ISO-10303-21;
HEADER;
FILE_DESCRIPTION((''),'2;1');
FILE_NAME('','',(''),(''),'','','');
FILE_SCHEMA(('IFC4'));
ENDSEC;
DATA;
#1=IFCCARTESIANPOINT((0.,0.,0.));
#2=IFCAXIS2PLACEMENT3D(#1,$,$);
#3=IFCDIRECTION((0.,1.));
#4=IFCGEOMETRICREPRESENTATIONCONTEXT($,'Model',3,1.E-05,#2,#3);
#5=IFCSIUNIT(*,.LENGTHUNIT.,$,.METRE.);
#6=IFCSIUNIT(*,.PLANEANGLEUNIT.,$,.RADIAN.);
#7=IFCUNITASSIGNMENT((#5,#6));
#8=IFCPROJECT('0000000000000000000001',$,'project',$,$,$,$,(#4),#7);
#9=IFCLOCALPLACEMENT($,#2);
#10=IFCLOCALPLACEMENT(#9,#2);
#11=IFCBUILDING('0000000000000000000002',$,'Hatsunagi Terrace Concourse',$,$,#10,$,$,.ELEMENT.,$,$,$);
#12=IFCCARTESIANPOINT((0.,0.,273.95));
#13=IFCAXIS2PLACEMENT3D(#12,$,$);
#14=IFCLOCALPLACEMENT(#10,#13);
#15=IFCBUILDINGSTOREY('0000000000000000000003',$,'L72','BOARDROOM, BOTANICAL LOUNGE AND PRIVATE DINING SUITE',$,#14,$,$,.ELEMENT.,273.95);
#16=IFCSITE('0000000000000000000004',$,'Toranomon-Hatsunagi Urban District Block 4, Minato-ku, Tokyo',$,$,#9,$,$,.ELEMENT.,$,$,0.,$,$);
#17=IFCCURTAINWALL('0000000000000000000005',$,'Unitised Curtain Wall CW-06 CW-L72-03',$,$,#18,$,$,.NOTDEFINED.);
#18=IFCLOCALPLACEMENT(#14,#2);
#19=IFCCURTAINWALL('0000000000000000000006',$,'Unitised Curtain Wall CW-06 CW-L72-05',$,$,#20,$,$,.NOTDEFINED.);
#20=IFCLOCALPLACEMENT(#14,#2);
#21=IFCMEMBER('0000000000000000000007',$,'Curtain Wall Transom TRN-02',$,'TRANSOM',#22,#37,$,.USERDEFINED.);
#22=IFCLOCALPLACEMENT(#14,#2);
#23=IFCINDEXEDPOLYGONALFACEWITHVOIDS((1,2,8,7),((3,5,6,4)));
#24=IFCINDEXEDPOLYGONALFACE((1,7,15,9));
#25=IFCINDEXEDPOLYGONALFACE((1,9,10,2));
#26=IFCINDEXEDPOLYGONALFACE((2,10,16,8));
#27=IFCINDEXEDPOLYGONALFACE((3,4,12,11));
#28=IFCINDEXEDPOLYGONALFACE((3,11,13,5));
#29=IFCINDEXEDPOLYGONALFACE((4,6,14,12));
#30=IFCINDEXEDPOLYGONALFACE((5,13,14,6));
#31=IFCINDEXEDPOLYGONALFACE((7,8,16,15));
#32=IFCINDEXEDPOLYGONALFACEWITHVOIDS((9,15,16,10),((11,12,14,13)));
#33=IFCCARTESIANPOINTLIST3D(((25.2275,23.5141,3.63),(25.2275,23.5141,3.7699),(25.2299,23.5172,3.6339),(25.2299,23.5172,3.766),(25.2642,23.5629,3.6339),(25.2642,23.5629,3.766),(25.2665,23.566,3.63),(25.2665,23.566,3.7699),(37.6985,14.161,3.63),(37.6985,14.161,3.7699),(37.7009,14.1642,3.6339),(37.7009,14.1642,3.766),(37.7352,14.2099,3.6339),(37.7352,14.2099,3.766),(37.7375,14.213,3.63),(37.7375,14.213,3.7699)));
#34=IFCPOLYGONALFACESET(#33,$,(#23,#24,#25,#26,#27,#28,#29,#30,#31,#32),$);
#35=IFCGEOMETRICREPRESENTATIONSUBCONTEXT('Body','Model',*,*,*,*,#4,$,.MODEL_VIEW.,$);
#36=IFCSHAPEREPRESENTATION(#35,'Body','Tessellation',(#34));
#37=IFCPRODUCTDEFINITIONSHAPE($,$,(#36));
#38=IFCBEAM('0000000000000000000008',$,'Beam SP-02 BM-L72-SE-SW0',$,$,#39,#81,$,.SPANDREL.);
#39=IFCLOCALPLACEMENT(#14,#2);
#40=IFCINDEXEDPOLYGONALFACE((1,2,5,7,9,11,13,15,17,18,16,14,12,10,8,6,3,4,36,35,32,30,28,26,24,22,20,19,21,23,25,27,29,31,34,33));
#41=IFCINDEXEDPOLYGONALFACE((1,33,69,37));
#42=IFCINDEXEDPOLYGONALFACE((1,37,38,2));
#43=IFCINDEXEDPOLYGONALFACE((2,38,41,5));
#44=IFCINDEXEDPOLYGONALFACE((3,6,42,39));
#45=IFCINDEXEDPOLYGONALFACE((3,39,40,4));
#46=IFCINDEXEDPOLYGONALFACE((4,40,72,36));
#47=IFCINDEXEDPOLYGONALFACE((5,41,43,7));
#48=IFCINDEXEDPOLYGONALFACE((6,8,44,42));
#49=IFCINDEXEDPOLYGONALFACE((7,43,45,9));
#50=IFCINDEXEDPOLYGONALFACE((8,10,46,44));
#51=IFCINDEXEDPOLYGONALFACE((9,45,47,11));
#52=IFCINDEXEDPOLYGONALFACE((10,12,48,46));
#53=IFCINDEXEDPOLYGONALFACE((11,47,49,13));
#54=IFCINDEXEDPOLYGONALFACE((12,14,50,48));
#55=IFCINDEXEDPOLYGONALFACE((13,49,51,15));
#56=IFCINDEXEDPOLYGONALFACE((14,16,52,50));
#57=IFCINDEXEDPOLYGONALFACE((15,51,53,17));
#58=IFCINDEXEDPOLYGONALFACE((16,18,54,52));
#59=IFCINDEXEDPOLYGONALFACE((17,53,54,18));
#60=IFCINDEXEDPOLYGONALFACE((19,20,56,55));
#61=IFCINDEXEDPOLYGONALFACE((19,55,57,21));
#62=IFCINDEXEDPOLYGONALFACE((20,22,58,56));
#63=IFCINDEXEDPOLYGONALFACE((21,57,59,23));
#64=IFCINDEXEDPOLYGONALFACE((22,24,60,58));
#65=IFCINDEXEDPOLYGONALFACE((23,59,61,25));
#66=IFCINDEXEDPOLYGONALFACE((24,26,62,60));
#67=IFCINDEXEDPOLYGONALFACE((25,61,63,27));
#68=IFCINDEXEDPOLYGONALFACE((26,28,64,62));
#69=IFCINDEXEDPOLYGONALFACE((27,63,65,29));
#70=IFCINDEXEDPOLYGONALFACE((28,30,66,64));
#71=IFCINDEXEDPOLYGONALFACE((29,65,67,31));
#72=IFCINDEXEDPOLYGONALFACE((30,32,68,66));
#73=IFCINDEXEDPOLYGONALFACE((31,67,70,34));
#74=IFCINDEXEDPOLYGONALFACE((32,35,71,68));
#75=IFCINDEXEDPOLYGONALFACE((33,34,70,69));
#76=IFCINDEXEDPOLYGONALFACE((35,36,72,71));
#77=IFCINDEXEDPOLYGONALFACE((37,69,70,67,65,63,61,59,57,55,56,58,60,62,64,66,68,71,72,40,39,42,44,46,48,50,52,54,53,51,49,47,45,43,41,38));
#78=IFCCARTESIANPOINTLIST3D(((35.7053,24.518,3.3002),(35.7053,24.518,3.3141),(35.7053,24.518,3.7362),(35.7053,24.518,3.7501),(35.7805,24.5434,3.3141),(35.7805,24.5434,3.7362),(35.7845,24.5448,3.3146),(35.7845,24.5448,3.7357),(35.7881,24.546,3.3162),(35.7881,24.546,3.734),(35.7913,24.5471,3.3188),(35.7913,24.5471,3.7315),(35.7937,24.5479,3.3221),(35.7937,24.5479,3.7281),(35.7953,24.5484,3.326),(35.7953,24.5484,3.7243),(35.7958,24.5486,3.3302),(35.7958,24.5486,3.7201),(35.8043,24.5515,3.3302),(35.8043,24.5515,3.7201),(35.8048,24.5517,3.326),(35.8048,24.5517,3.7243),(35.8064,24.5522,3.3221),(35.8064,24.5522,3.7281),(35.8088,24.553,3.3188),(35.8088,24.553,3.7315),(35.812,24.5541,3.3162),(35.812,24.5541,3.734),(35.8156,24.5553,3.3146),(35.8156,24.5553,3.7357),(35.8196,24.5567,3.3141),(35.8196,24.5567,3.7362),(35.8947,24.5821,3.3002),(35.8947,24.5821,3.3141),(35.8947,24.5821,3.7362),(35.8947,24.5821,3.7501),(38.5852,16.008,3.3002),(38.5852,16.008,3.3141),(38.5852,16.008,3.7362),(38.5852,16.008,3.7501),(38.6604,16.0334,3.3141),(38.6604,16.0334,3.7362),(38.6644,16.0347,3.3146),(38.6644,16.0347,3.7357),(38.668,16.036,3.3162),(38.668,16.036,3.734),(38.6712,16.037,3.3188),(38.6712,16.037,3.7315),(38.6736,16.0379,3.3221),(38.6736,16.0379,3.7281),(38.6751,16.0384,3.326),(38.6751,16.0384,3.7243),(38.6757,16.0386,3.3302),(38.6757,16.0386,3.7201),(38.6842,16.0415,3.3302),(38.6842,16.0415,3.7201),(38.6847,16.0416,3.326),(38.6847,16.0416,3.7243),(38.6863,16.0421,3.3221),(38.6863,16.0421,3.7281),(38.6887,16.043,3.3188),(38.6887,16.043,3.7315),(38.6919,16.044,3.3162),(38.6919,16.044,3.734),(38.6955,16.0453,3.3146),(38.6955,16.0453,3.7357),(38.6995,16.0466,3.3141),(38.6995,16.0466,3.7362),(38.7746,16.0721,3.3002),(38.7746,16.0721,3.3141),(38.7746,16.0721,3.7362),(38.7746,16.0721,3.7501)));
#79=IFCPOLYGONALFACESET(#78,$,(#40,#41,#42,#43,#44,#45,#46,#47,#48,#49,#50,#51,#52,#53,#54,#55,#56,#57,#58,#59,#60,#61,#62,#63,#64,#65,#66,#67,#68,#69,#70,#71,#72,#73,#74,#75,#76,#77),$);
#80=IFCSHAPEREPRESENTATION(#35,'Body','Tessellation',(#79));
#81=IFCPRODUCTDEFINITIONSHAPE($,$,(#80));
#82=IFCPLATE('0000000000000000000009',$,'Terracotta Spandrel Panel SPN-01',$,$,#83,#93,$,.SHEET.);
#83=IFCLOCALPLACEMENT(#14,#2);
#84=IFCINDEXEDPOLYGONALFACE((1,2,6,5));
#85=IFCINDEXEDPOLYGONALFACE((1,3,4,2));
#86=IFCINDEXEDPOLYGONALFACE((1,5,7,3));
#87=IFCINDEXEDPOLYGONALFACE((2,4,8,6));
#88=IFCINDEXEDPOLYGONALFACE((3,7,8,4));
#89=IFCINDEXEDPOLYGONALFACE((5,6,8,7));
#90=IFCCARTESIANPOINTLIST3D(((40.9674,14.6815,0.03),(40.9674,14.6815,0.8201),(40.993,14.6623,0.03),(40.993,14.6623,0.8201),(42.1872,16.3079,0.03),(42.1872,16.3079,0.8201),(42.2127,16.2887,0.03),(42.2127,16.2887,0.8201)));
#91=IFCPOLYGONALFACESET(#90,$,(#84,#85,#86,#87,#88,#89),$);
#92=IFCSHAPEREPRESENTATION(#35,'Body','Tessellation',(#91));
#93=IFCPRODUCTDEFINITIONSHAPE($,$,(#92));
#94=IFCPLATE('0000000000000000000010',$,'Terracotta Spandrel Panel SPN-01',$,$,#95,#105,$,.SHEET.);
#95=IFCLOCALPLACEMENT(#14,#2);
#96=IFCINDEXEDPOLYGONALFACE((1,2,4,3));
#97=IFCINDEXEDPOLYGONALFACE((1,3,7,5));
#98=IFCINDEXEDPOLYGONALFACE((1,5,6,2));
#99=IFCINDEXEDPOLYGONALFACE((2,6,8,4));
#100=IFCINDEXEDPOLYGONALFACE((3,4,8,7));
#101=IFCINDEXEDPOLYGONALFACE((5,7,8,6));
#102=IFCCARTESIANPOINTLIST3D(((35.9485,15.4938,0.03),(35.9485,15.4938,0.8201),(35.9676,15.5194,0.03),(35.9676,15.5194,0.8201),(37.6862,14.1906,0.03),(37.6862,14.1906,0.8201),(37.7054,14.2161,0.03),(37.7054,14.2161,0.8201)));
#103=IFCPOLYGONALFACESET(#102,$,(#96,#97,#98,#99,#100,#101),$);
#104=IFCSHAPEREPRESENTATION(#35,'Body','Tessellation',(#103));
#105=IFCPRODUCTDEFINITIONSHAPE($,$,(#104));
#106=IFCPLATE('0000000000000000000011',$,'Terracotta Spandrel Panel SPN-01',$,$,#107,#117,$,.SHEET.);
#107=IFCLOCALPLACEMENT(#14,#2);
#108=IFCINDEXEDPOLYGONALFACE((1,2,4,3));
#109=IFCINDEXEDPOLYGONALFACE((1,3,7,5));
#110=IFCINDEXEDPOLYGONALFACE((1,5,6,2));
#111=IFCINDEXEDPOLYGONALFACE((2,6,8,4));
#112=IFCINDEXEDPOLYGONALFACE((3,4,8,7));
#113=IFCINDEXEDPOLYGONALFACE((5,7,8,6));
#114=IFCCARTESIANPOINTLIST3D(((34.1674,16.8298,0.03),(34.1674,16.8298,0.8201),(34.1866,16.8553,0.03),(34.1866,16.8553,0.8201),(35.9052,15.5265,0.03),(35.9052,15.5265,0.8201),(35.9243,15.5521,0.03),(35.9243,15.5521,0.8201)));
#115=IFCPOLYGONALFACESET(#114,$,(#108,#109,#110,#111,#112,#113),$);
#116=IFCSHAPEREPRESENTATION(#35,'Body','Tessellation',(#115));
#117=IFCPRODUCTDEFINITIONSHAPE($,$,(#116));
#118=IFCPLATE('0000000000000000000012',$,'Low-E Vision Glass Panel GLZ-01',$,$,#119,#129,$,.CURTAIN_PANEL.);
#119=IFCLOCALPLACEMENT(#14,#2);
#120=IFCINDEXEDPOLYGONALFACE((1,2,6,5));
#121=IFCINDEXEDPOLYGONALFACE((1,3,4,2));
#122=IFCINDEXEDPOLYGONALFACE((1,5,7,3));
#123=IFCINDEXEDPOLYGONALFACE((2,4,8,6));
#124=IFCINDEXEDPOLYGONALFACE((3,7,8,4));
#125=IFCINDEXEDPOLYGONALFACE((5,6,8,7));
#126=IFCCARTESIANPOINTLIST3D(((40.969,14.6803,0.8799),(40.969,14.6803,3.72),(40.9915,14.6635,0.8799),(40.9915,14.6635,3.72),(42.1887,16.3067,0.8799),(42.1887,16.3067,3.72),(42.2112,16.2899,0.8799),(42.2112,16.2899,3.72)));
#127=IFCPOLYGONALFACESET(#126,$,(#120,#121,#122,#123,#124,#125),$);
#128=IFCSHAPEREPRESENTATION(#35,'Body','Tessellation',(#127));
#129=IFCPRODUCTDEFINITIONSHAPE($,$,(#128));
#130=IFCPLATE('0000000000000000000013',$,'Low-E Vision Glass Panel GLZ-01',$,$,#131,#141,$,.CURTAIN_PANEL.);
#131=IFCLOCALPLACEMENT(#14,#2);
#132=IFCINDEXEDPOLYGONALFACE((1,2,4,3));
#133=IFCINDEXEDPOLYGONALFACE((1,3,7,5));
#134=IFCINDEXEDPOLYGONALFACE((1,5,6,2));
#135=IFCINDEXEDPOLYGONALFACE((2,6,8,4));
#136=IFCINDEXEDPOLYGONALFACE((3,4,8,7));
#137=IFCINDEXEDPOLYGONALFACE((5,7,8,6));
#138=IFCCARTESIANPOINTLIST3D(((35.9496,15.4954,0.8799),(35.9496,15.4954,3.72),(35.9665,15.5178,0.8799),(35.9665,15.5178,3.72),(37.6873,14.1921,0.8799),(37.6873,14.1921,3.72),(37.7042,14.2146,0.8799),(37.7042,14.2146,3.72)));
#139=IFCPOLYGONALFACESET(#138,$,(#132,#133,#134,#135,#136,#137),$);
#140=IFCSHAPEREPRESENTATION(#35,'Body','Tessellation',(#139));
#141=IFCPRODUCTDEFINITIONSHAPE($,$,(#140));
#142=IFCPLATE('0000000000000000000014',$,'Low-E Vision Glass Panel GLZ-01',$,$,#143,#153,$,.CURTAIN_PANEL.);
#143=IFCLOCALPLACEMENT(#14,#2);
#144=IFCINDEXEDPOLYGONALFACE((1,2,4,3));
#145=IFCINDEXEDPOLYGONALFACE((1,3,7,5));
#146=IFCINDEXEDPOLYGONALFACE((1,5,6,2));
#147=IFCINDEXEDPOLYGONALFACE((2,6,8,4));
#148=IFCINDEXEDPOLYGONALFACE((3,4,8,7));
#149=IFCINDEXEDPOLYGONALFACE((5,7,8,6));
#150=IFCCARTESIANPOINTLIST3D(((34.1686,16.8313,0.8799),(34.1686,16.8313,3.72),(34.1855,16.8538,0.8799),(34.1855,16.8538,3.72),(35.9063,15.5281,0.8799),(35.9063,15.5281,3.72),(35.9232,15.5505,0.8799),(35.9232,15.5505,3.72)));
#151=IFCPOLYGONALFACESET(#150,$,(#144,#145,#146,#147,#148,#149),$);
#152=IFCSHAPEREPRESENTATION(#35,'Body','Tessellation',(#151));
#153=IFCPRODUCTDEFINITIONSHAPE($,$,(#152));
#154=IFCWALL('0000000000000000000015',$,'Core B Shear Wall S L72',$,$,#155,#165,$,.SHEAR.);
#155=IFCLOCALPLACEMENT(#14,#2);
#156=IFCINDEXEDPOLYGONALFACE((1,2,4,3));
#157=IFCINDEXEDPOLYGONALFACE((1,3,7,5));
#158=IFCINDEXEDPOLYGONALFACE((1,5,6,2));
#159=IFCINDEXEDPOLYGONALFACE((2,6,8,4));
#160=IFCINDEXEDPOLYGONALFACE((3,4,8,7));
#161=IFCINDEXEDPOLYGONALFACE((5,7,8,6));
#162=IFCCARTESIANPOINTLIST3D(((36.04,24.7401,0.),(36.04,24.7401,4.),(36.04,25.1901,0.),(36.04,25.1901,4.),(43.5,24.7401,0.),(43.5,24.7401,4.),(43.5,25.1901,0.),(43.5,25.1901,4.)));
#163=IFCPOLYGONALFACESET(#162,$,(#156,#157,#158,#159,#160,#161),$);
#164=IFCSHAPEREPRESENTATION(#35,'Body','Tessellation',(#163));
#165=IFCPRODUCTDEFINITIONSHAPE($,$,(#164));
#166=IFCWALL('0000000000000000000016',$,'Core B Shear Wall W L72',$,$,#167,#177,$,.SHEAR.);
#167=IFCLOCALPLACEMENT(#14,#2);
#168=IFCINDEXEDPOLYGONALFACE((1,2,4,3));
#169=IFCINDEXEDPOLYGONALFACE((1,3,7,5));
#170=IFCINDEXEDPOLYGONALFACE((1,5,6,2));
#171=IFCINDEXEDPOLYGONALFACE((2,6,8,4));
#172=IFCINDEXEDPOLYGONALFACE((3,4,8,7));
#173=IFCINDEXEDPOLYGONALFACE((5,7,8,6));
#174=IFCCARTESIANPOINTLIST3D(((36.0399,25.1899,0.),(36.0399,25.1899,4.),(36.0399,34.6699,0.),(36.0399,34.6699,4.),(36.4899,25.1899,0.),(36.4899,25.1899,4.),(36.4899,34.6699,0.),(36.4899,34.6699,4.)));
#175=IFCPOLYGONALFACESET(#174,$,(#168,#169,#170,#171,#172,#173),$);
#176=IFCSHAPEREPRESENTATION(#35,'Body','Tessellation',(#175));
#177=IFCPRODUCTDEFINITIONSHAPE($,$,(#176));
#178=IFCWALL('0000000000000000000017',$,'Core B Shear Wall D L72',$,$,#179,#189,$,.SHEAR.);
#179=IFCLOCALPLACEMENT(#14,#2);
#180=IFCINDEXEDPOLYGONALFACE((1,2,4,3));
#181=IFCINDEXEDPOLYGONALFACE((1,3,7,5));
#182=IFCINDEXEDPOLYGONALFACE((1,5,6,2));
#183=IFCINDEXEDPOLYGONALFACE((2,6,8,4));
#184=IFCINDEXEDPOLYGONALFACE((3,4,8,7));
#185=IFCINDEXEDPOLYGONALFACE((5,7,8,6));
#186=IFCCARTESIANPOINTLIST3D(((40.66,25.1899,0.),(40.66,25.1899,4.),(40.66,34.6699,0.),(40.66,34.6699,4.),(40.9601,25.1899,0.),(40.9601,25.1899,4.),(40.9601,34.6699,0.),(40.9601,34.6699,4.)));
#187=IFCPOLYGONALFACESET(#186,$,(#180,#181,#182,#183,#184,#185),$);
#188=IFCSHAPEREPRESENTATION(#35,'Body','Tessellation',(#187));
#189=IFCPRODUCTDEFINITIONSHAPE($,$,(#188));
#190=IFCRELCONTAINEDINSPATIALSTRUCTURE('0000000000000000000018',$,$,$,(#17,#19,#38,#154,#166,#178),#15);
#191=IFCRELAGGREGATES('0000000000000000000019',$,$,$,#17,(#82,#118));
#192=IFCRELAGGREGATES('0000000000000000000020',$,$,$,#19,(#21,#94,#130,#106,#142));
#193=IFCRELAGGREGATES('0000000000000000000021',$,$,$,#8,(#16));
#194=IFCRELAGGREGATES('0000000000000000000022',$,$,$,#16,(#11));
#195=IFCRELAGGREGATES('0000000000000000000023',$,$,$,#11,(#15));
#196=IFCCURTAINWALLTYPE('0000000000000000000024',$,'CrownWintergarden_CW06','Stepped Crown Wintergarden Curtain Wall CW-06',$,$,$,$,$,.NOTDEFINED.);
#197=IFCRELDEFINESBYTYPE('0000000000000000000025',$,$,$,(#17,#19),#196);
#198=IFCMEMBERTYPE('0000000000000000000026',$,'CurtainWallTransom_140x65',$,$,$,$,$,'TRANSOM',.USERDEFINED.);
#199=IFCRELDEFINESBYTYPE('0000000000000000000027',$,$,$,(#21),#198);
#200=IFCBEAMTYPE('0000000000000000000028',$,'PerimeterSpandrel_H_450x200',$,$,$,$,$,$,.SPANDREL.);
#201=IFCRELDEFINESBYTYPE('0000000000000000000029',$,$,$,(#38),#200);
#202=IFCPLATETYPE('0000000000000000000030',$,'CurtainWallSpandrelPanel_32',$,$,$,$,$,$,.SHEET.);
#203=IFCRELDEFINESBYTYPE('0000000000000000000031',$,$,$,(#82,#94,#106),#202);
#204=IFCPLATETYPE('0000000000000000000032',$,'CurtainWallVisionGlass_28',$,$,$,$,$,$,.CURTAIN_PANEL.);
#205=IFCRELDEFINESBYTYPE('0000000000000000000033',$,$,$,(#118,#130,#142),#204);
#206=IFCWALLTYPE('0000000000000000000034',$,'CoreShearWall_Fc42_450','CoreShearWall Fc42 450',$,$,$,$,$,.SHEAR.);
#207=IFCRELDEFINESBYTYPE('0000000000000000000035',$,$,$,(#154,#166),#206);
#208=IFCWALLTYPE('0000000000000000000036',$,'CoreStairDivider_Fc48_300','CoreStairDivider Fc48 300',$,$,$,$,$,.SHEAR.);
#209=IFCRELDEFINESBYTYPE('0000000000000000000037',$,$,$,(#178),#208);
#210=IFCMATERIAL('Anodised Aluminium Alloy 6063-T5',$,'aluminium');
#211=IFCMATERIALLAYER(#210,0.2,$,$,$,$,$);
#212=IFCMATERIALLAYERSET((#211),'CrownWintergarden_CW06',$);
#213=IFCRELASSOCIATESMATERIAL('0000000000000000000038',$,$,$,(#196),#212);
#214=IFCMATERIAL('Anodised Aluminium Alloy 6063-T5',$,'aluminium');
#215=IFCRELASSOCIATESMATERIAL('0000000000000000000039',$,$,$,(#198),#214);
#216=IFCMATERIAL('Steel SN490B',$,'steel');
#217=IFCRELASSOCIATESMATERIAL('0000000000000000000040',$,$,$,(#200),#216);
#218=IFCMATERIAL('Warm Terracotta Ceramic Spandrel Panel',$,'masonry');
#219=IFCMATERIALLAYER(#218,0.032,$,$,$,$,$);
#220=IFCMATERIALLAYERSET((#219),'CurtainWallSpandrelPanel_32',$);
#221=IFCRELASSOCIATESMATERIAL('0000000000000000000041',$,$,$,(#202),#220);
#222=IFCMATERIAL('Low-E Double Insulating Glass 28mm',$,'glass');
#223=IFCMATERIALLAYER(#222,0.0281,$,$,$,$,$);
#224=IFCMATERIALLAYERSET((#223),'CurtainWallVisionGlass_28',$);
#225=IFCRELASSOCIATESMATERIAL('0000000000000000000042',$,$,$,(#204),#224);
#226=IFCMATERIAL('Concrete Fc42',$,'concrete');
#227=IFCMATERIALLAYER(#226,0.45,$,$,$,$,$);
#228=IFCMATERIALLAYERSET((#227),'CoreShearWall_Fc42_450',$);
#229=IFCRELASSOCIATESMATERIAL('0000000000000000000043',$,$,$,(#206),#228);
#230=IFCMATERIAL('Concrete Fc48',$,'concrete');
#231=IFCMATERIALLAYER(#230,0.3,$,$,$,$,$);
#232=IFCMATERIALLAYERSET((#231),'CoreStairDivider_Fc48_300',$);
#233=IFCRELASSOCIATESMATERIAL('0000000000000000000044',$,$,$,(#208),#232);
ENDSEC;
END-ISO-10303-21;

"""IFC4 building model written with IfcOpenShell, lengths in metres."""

from ifc_helpers import new_model, si_unit, direction, frame, frame_2d, origin, origin_2d, place, context, subcontext, project, spatial, rectangle, hollow_rectangle, i_section, extrude, material, layer, layer_set, material_profile, profile_set, type_object, element, aggregate, save


model = new_model("IFC4")

# Units and contexts
model_context = context("Model", 3, precision=1e-05, world=origin(), true_north=direction((0.0, 1.0)))
body_context = subcontext(model_context, "Body", "Model", "MODEL_VIEW")
ifc_project = project(units=[si_unit("LENGTHUNIT", "METRE"), si_unit("PLANEANGLEUNIT", "RADIAN")], contexts=[model_context])

# Site, building, storey
site_placement = place(None, origin())
site = spatial("IfcSite", under=ifc_project, at=site_placement, Name="Toranomon-Hatsunagi Urban District Block 4, Minato-ku, Tokyo", CompositionType="ELEMENT", RefElevation=0.0)
building_placement = place(site_placement, origin())
building = spatial("IfcBuilding", under=site, at=building_placement, Name="Hatsunagi Terrace Concourse", CompositionType="ELEMENT")
storey_placement = place(building_placement, frame((0.0, 0.0, 273.95)))
storey = spatial("IfcBuildingStorey", under=building, at=storey_placement, Name="L72", Description="BOARDROOM, BOTANICAL LOUNGE AND PRIVATE DINING SUITE", CompositionType="ELEMENT", Elevation=273.95)

# Curtain wall
ifc_material_1 = material(Name="Anodised Aluminium Alloy 6063-T5", Category="aluminium")
ifc_layer_1 = layer(ifc_material_1, 0.2)
ifc_layer_set_1 = layer_set([ifc_layer_1], Name="CrownWintergarden_CW06")
curtain_wall_type = type_object("IfcCurtainWallType", Name="CrownWintergarden_CW06", Description="Stepped Crown Wintergarden Curtain Wall CW-06", PredefinedType="NOTDEFINED", material=ifc_layer_set_1)
curtain_wall_1_placement = place(storey_placement, origin())
curtain_wall_1 = element("IfcCurtainWall", 1, at=curtain_wall_1_placement, inside=storey, type_object=curtain_wall_type, Name="Unitised Curtain Wall CW-06 CW-L72-03", PredefinedType="NOTDEFINED")

# Curtain wall, member
curtain_wall_2_placement = place(storey_placement, origin())
curtain_wall_2 = element("IfcCurtainWall", 2, at=curtain_wall_2_placement, inside=storey, type_object=curtain_wall_type, Name="Unitised Curtain Wall CW-06 CW-L72-05", PredefinedType="NOTDEFINED")
ifc_material_2 = material(Name="Anodised Aluminium Alloy 6063-T5", Category="aluminium")
ifc_material_profile_1 = material_profile(ifc_material_2, hollow_rectangle(XDim=0.0649, YDim=0.1399, WallThickness=0.0039, at=origin_2d()), Name="ALU-TRN-140x65x4")
ifc_profile_set_1 = profile_set([ifc_material_profile_1], Name="Anodised Aluminium Alloy 6063-T5")
member_type_1 = type_object("IfcMemberType", Name="CurtainWallTransom_140x65", ElementType="TRANSOM", PredefinedType="USERDEFINED", material=ifc_profile_set_1)
member_1_placement = place(storey_placement, frame((37.718, 14.187, 3.7), z_axis=(-0.800006, 0.599992, 0.0), x_axis=(-0.599992, -0.800006, 0.0)))
member_1 = element("IfcMember", 3, at=member_1_placement, type_object=member_type_1, Name="Curtain Wall Transom TRN-02", ObjectType="TRANSOM", PredefinedType="USERDEFINED", context=body_context, shape_type="SweptSolid", body=[
    extrude(hollow_rectangle(XDim=0.0649, YDim=0.1399, WallThickness=0.0039, at=origin_2d()), origin(), (0.0, 0.0, 1.0), 15.5886),
])

# Beam
ifc_material_3 = material(Name="Steel SN490B", Category="steel")
ifc_material_profile_2 = material_profile(ifc_material_3, i_section(OverallWidth=0.2, OverallDepth=0.45, WebThickness=0.009, FlangeThickness=0.0139, FilletRadius=0.0161, at=origin_2d()), Name="H-450x200x9x14")
ifc_profile_set_2 = profile_set([ifc_material_profile_2], Name="Steel SN490B")
beam_type_1 = type_object("IfcBeamType", Name="PerimeterSpandrel_H_450x200", PredefinedType="SPANDREL", material=ifc_profile_set_2)
beam_1_placement = place(storey_placement, frame((35.8, 24.55, 3.5251), z_axis=(0.320553, -0.94723, 0.0), x_axis=(0.94723, 0.320553, 0.0)))
element("IfcBeam", 4, at=beam_1_placement, inside=storey, type_object=beam_type_1, Name="Beam SP-02 BM-L72-SE-SW0", PredefinedType="SPANDREL", context=body_context, shape_type="SweptSolid", body=[
    extrude(i_section(OverallWidth=0.2, OverallDepth=0.45, WebThickness=0.009, FlangeThickness=0.0139, FilletRadius=0.0161, at=origin_2d()), origin(), (0.0, 0.0, 1.0), 8.9841),
])

# Plates
ifc_material_4 = material(Name="Warm Terracotta Ceramic Spandrel Panel", Category="masonry")
ifc_layer_2 = layer(ifc_material_4, 0.032)
ifc_layer_set_2 = layer_set([ifc_layer_2], Name="CurtainWallSpandrelPanel_32")
plate_type_1 = type_object("IfcPlateType", Name="CurtainWallSpandrelPanel_32", PredefinedType="SHEET", material=ifc_layer_set_2)
plate_1_placement = place(storey_placement, frame((41.5901, 15.4851, 0.03), z_axis=(0.0, 0.0, 1.0), x_axis=(-0.599969, -0.800023, 0.0)))
plate_1 = element("IfcPlate", 5, at=plate_1_placement, type_object=plate_type_1, Name="Terracotta Spandrel Panel SPN-01", PredefinedType="SHEET", context=body_context, shape_type="SweptSolid", body=[
    extrude(rectangle(XDim=2.033, YDim=0.032, at=origin_2d()), origin(), (0.0, 0.0, 1.0), 0.79),
])
plate_2_placement = place(storey_placement, frame((36.8269, 14.855, 0.03), z_axis=(0.0, 0.0, 1.0), x_axis=(-0.800007, 0.59999, 0.0)))
plate_2 = element("IfcPlate", 6, at=plate_2_placement, type_object=plate_type_1, Name="Terracotta Spandrel Panel SPN-01", PredefinedType="SHEET", context=body_context, shape_type="SweptSolid", body=[
    extrude(rectangle(XDim=2.1721, YDim=0.032, at=origin_2d()), origin(), (0.0, 0.0, 1.0), 0.79),
])
plate_3_placement = place(storey_placement, frame((35.0459, 16.1909, 0.03), z_axis=(0.0, 0.0, 1.0), x_axis=(-0.800007, 0.59999, 0.0)))
plate_3 = element("IfcPlate", 7, at=plate_3_placement, type_object=plate_type_1, Name="Terracotta Spandrel Panel SPN-01", PredefinedType="SHEET", context=body_context, shape_type="SweptSolid", body=[
    extrude(rectangle(XDim=2.1721, YDim=0.032, at=origin_2d()), origin(), (0.0, 0.0, 1.0), 0.79),
])
ifc_material_5 = material(Name="Low-E Double Insulating Glass 28mm", Category="glass")
ifc_layer_3 = layer(ifc_material_5, 0.0281)
ifc_layer_set_3 = layer_set([ifc_layer_3], Name="CurtainWallVisionGlass_28")
plate_type_2 = type_object("IfcPlateType", Name="CurtainWallVisionGlass_28", PredefinedType="CURTAIN_PANEL", material=ifc_layer_set_3)
plate_4_placement = place(storey_placement, frame((41.5901, 15.4851, 0.8799), z_axis=(0.0, 0.0, 1.0), x_axis=(-0.599969, -0.800023, 0.0)))
plate_4 = element("IfcPlate", 8, at=plate_4_placement, type_object=plate_type_2, Name="Low-E Vision Glass Panel GLZ-01", PredefinedType="CURTAIN_PANEL", context=body_context, shape_type="SweptSolid", body=[
    extrude(rectangle(XDim=2.033, YDim=0.0281, at=origin_2d()), origin(), (0.0, 0.0, 1.0), 2.8401),
])
aggregate(curtain_wall_1, [plate_1, plate_4])
plate_5_placement = place(storey_placement, frame((36.8269, 14.855, 0.8799), z_axis=(0.0, 0.0, 1.0), x_axis=(-0.800007, 0.59999, 0.0)))
plate_5 = element("IfcPlate", 9, at=plate_5_placement, type_object=plate_type_2, Name="Low-E Vision Glass Panel GLZ-01", PredefinedType="CURTAIN_PANEL", context=body_context, shape_type="SweptSolid", body=[
    extrude(rectangle(XDim=2.1721, YDim=0.0281, at=origin_2d()), origin(), (0.0, 0.0, 1.0), 2.8401),
])
plate_6_placement = place(storey_placement, frame((35.0459, 16.1909, 0.8799), z_axis=(0.0, 0.0, 1.0), x_axis=(-0.800007, 0.59999, 0.0)))
plate_6 = element("IfcPlate", 10, at=plate_6_placement, type_object=plate_type_2, Name="Low-E Vision Glass Panel GLZ-01", PredefinedType="CURTAIN_PANEL", context=body_context, shape_type="SweptSolid", body=[
    extrude(rectangle(XDim=2.1721, YDim=0.0281, at=origin_2d()), origin(), (0.0, 0.0, 1.0), 2.8401),
])
aggregate(curtain_wall_2, [member_1, plate_2, plate_5, plate_3, plate_6])

# Walls
ifc_material_6 = material(Name="Concrete Fc42", Category="concrete")
ifc_layer_4 = layer(ifc_material_6, 0.45)
ifc_layer_set_4 = layer_set([ifc_layer_4], Name="CoreShearWall_Fc42_450")
wall_type_1 = type_object("IfcWallType", Name="CoreShearWall_Fc42_450", Description="CoreShearWall Fc42 450", PredefinedType="SHEAR", material=ifc_layer_set_4)
wall_1_placement = place(storey_placement, frame((36.04, 24.9651, 0.0), z_axis=(0.0, 0.0, 1.0), x_axis=(1.0, 0.0, 0.0)))
element("IfcWall", 11, at=wall_1_placement, inside=storey, type_object=wall_type_1, Name="Core B Shear Wall S L72", PredefinedType="SHEAR", context=body_context, shape_type="SweptSolid", body=[
    extrude(rectangle(XDim=7.46, YDim=0.45, at=frame_2d((3.73, 0.0))), origin(), (0.0, 0.0, 1.0), 4.0),
])
wall_2_placement = place(storey_placement, frame((36.2649, 25.1899, 0.0), z_axis=(0.0, 0.0, 1.0), x_axis=(0.0, 1.0, 0.0)))
element("IfcWall", 12, at=wall_2_placement, inside=storey, type_object=wall_type_1, Name="Core B Shear Wall W L72", PredefinedType="SHEAR", context=body_context, shape_type="SweptSolid", body=[
    extrude(rectangle(XDim=9.48, YDim=0.45, at=frame_2d((4.74, 0.0))), origin(), (0.0, 0.0, 1.0), 4.0),
])
ifc_material_7 = material(Name="Concrete Fc48", Category="concrete")
ifc_layer_5 = layer(ifc_material_7, 0.3)
ifc_layer_set_5 = layer_set([ifc_layer_5], Name="CoreStairDivider_Fc48_300")
wall_type_2 = type_object("IfcWallType", Name="CoreStairDivider_Fc48_300", Description="CoreStairDivider Fc48 300", PredefinedType="SHEAR", material=ifc_layer_set_5)
wall_3_placement = place(storey_placement, frame((40.8101, 25.1899, 0.0), z_axis=(0.0, 0.0, 1.0), x_axis=(0.0, 1.0, 0.0)))
element("IfcWall", 13, at=wall_3_placement, inside=storey, type_object=wall_type_2, Name="Core B Shear Wall D L72", PredefinedType="SHEAR", context=body_context, shape_type="SweptSolid", body=[
    extrude(rectangle(XDim=9.48, YDim=0.3, at=frame_2d((4.74, 0.0))), origin(), (0.0, 0.0, 1.0), 4.0),
])

save(model, "model.ifc")
